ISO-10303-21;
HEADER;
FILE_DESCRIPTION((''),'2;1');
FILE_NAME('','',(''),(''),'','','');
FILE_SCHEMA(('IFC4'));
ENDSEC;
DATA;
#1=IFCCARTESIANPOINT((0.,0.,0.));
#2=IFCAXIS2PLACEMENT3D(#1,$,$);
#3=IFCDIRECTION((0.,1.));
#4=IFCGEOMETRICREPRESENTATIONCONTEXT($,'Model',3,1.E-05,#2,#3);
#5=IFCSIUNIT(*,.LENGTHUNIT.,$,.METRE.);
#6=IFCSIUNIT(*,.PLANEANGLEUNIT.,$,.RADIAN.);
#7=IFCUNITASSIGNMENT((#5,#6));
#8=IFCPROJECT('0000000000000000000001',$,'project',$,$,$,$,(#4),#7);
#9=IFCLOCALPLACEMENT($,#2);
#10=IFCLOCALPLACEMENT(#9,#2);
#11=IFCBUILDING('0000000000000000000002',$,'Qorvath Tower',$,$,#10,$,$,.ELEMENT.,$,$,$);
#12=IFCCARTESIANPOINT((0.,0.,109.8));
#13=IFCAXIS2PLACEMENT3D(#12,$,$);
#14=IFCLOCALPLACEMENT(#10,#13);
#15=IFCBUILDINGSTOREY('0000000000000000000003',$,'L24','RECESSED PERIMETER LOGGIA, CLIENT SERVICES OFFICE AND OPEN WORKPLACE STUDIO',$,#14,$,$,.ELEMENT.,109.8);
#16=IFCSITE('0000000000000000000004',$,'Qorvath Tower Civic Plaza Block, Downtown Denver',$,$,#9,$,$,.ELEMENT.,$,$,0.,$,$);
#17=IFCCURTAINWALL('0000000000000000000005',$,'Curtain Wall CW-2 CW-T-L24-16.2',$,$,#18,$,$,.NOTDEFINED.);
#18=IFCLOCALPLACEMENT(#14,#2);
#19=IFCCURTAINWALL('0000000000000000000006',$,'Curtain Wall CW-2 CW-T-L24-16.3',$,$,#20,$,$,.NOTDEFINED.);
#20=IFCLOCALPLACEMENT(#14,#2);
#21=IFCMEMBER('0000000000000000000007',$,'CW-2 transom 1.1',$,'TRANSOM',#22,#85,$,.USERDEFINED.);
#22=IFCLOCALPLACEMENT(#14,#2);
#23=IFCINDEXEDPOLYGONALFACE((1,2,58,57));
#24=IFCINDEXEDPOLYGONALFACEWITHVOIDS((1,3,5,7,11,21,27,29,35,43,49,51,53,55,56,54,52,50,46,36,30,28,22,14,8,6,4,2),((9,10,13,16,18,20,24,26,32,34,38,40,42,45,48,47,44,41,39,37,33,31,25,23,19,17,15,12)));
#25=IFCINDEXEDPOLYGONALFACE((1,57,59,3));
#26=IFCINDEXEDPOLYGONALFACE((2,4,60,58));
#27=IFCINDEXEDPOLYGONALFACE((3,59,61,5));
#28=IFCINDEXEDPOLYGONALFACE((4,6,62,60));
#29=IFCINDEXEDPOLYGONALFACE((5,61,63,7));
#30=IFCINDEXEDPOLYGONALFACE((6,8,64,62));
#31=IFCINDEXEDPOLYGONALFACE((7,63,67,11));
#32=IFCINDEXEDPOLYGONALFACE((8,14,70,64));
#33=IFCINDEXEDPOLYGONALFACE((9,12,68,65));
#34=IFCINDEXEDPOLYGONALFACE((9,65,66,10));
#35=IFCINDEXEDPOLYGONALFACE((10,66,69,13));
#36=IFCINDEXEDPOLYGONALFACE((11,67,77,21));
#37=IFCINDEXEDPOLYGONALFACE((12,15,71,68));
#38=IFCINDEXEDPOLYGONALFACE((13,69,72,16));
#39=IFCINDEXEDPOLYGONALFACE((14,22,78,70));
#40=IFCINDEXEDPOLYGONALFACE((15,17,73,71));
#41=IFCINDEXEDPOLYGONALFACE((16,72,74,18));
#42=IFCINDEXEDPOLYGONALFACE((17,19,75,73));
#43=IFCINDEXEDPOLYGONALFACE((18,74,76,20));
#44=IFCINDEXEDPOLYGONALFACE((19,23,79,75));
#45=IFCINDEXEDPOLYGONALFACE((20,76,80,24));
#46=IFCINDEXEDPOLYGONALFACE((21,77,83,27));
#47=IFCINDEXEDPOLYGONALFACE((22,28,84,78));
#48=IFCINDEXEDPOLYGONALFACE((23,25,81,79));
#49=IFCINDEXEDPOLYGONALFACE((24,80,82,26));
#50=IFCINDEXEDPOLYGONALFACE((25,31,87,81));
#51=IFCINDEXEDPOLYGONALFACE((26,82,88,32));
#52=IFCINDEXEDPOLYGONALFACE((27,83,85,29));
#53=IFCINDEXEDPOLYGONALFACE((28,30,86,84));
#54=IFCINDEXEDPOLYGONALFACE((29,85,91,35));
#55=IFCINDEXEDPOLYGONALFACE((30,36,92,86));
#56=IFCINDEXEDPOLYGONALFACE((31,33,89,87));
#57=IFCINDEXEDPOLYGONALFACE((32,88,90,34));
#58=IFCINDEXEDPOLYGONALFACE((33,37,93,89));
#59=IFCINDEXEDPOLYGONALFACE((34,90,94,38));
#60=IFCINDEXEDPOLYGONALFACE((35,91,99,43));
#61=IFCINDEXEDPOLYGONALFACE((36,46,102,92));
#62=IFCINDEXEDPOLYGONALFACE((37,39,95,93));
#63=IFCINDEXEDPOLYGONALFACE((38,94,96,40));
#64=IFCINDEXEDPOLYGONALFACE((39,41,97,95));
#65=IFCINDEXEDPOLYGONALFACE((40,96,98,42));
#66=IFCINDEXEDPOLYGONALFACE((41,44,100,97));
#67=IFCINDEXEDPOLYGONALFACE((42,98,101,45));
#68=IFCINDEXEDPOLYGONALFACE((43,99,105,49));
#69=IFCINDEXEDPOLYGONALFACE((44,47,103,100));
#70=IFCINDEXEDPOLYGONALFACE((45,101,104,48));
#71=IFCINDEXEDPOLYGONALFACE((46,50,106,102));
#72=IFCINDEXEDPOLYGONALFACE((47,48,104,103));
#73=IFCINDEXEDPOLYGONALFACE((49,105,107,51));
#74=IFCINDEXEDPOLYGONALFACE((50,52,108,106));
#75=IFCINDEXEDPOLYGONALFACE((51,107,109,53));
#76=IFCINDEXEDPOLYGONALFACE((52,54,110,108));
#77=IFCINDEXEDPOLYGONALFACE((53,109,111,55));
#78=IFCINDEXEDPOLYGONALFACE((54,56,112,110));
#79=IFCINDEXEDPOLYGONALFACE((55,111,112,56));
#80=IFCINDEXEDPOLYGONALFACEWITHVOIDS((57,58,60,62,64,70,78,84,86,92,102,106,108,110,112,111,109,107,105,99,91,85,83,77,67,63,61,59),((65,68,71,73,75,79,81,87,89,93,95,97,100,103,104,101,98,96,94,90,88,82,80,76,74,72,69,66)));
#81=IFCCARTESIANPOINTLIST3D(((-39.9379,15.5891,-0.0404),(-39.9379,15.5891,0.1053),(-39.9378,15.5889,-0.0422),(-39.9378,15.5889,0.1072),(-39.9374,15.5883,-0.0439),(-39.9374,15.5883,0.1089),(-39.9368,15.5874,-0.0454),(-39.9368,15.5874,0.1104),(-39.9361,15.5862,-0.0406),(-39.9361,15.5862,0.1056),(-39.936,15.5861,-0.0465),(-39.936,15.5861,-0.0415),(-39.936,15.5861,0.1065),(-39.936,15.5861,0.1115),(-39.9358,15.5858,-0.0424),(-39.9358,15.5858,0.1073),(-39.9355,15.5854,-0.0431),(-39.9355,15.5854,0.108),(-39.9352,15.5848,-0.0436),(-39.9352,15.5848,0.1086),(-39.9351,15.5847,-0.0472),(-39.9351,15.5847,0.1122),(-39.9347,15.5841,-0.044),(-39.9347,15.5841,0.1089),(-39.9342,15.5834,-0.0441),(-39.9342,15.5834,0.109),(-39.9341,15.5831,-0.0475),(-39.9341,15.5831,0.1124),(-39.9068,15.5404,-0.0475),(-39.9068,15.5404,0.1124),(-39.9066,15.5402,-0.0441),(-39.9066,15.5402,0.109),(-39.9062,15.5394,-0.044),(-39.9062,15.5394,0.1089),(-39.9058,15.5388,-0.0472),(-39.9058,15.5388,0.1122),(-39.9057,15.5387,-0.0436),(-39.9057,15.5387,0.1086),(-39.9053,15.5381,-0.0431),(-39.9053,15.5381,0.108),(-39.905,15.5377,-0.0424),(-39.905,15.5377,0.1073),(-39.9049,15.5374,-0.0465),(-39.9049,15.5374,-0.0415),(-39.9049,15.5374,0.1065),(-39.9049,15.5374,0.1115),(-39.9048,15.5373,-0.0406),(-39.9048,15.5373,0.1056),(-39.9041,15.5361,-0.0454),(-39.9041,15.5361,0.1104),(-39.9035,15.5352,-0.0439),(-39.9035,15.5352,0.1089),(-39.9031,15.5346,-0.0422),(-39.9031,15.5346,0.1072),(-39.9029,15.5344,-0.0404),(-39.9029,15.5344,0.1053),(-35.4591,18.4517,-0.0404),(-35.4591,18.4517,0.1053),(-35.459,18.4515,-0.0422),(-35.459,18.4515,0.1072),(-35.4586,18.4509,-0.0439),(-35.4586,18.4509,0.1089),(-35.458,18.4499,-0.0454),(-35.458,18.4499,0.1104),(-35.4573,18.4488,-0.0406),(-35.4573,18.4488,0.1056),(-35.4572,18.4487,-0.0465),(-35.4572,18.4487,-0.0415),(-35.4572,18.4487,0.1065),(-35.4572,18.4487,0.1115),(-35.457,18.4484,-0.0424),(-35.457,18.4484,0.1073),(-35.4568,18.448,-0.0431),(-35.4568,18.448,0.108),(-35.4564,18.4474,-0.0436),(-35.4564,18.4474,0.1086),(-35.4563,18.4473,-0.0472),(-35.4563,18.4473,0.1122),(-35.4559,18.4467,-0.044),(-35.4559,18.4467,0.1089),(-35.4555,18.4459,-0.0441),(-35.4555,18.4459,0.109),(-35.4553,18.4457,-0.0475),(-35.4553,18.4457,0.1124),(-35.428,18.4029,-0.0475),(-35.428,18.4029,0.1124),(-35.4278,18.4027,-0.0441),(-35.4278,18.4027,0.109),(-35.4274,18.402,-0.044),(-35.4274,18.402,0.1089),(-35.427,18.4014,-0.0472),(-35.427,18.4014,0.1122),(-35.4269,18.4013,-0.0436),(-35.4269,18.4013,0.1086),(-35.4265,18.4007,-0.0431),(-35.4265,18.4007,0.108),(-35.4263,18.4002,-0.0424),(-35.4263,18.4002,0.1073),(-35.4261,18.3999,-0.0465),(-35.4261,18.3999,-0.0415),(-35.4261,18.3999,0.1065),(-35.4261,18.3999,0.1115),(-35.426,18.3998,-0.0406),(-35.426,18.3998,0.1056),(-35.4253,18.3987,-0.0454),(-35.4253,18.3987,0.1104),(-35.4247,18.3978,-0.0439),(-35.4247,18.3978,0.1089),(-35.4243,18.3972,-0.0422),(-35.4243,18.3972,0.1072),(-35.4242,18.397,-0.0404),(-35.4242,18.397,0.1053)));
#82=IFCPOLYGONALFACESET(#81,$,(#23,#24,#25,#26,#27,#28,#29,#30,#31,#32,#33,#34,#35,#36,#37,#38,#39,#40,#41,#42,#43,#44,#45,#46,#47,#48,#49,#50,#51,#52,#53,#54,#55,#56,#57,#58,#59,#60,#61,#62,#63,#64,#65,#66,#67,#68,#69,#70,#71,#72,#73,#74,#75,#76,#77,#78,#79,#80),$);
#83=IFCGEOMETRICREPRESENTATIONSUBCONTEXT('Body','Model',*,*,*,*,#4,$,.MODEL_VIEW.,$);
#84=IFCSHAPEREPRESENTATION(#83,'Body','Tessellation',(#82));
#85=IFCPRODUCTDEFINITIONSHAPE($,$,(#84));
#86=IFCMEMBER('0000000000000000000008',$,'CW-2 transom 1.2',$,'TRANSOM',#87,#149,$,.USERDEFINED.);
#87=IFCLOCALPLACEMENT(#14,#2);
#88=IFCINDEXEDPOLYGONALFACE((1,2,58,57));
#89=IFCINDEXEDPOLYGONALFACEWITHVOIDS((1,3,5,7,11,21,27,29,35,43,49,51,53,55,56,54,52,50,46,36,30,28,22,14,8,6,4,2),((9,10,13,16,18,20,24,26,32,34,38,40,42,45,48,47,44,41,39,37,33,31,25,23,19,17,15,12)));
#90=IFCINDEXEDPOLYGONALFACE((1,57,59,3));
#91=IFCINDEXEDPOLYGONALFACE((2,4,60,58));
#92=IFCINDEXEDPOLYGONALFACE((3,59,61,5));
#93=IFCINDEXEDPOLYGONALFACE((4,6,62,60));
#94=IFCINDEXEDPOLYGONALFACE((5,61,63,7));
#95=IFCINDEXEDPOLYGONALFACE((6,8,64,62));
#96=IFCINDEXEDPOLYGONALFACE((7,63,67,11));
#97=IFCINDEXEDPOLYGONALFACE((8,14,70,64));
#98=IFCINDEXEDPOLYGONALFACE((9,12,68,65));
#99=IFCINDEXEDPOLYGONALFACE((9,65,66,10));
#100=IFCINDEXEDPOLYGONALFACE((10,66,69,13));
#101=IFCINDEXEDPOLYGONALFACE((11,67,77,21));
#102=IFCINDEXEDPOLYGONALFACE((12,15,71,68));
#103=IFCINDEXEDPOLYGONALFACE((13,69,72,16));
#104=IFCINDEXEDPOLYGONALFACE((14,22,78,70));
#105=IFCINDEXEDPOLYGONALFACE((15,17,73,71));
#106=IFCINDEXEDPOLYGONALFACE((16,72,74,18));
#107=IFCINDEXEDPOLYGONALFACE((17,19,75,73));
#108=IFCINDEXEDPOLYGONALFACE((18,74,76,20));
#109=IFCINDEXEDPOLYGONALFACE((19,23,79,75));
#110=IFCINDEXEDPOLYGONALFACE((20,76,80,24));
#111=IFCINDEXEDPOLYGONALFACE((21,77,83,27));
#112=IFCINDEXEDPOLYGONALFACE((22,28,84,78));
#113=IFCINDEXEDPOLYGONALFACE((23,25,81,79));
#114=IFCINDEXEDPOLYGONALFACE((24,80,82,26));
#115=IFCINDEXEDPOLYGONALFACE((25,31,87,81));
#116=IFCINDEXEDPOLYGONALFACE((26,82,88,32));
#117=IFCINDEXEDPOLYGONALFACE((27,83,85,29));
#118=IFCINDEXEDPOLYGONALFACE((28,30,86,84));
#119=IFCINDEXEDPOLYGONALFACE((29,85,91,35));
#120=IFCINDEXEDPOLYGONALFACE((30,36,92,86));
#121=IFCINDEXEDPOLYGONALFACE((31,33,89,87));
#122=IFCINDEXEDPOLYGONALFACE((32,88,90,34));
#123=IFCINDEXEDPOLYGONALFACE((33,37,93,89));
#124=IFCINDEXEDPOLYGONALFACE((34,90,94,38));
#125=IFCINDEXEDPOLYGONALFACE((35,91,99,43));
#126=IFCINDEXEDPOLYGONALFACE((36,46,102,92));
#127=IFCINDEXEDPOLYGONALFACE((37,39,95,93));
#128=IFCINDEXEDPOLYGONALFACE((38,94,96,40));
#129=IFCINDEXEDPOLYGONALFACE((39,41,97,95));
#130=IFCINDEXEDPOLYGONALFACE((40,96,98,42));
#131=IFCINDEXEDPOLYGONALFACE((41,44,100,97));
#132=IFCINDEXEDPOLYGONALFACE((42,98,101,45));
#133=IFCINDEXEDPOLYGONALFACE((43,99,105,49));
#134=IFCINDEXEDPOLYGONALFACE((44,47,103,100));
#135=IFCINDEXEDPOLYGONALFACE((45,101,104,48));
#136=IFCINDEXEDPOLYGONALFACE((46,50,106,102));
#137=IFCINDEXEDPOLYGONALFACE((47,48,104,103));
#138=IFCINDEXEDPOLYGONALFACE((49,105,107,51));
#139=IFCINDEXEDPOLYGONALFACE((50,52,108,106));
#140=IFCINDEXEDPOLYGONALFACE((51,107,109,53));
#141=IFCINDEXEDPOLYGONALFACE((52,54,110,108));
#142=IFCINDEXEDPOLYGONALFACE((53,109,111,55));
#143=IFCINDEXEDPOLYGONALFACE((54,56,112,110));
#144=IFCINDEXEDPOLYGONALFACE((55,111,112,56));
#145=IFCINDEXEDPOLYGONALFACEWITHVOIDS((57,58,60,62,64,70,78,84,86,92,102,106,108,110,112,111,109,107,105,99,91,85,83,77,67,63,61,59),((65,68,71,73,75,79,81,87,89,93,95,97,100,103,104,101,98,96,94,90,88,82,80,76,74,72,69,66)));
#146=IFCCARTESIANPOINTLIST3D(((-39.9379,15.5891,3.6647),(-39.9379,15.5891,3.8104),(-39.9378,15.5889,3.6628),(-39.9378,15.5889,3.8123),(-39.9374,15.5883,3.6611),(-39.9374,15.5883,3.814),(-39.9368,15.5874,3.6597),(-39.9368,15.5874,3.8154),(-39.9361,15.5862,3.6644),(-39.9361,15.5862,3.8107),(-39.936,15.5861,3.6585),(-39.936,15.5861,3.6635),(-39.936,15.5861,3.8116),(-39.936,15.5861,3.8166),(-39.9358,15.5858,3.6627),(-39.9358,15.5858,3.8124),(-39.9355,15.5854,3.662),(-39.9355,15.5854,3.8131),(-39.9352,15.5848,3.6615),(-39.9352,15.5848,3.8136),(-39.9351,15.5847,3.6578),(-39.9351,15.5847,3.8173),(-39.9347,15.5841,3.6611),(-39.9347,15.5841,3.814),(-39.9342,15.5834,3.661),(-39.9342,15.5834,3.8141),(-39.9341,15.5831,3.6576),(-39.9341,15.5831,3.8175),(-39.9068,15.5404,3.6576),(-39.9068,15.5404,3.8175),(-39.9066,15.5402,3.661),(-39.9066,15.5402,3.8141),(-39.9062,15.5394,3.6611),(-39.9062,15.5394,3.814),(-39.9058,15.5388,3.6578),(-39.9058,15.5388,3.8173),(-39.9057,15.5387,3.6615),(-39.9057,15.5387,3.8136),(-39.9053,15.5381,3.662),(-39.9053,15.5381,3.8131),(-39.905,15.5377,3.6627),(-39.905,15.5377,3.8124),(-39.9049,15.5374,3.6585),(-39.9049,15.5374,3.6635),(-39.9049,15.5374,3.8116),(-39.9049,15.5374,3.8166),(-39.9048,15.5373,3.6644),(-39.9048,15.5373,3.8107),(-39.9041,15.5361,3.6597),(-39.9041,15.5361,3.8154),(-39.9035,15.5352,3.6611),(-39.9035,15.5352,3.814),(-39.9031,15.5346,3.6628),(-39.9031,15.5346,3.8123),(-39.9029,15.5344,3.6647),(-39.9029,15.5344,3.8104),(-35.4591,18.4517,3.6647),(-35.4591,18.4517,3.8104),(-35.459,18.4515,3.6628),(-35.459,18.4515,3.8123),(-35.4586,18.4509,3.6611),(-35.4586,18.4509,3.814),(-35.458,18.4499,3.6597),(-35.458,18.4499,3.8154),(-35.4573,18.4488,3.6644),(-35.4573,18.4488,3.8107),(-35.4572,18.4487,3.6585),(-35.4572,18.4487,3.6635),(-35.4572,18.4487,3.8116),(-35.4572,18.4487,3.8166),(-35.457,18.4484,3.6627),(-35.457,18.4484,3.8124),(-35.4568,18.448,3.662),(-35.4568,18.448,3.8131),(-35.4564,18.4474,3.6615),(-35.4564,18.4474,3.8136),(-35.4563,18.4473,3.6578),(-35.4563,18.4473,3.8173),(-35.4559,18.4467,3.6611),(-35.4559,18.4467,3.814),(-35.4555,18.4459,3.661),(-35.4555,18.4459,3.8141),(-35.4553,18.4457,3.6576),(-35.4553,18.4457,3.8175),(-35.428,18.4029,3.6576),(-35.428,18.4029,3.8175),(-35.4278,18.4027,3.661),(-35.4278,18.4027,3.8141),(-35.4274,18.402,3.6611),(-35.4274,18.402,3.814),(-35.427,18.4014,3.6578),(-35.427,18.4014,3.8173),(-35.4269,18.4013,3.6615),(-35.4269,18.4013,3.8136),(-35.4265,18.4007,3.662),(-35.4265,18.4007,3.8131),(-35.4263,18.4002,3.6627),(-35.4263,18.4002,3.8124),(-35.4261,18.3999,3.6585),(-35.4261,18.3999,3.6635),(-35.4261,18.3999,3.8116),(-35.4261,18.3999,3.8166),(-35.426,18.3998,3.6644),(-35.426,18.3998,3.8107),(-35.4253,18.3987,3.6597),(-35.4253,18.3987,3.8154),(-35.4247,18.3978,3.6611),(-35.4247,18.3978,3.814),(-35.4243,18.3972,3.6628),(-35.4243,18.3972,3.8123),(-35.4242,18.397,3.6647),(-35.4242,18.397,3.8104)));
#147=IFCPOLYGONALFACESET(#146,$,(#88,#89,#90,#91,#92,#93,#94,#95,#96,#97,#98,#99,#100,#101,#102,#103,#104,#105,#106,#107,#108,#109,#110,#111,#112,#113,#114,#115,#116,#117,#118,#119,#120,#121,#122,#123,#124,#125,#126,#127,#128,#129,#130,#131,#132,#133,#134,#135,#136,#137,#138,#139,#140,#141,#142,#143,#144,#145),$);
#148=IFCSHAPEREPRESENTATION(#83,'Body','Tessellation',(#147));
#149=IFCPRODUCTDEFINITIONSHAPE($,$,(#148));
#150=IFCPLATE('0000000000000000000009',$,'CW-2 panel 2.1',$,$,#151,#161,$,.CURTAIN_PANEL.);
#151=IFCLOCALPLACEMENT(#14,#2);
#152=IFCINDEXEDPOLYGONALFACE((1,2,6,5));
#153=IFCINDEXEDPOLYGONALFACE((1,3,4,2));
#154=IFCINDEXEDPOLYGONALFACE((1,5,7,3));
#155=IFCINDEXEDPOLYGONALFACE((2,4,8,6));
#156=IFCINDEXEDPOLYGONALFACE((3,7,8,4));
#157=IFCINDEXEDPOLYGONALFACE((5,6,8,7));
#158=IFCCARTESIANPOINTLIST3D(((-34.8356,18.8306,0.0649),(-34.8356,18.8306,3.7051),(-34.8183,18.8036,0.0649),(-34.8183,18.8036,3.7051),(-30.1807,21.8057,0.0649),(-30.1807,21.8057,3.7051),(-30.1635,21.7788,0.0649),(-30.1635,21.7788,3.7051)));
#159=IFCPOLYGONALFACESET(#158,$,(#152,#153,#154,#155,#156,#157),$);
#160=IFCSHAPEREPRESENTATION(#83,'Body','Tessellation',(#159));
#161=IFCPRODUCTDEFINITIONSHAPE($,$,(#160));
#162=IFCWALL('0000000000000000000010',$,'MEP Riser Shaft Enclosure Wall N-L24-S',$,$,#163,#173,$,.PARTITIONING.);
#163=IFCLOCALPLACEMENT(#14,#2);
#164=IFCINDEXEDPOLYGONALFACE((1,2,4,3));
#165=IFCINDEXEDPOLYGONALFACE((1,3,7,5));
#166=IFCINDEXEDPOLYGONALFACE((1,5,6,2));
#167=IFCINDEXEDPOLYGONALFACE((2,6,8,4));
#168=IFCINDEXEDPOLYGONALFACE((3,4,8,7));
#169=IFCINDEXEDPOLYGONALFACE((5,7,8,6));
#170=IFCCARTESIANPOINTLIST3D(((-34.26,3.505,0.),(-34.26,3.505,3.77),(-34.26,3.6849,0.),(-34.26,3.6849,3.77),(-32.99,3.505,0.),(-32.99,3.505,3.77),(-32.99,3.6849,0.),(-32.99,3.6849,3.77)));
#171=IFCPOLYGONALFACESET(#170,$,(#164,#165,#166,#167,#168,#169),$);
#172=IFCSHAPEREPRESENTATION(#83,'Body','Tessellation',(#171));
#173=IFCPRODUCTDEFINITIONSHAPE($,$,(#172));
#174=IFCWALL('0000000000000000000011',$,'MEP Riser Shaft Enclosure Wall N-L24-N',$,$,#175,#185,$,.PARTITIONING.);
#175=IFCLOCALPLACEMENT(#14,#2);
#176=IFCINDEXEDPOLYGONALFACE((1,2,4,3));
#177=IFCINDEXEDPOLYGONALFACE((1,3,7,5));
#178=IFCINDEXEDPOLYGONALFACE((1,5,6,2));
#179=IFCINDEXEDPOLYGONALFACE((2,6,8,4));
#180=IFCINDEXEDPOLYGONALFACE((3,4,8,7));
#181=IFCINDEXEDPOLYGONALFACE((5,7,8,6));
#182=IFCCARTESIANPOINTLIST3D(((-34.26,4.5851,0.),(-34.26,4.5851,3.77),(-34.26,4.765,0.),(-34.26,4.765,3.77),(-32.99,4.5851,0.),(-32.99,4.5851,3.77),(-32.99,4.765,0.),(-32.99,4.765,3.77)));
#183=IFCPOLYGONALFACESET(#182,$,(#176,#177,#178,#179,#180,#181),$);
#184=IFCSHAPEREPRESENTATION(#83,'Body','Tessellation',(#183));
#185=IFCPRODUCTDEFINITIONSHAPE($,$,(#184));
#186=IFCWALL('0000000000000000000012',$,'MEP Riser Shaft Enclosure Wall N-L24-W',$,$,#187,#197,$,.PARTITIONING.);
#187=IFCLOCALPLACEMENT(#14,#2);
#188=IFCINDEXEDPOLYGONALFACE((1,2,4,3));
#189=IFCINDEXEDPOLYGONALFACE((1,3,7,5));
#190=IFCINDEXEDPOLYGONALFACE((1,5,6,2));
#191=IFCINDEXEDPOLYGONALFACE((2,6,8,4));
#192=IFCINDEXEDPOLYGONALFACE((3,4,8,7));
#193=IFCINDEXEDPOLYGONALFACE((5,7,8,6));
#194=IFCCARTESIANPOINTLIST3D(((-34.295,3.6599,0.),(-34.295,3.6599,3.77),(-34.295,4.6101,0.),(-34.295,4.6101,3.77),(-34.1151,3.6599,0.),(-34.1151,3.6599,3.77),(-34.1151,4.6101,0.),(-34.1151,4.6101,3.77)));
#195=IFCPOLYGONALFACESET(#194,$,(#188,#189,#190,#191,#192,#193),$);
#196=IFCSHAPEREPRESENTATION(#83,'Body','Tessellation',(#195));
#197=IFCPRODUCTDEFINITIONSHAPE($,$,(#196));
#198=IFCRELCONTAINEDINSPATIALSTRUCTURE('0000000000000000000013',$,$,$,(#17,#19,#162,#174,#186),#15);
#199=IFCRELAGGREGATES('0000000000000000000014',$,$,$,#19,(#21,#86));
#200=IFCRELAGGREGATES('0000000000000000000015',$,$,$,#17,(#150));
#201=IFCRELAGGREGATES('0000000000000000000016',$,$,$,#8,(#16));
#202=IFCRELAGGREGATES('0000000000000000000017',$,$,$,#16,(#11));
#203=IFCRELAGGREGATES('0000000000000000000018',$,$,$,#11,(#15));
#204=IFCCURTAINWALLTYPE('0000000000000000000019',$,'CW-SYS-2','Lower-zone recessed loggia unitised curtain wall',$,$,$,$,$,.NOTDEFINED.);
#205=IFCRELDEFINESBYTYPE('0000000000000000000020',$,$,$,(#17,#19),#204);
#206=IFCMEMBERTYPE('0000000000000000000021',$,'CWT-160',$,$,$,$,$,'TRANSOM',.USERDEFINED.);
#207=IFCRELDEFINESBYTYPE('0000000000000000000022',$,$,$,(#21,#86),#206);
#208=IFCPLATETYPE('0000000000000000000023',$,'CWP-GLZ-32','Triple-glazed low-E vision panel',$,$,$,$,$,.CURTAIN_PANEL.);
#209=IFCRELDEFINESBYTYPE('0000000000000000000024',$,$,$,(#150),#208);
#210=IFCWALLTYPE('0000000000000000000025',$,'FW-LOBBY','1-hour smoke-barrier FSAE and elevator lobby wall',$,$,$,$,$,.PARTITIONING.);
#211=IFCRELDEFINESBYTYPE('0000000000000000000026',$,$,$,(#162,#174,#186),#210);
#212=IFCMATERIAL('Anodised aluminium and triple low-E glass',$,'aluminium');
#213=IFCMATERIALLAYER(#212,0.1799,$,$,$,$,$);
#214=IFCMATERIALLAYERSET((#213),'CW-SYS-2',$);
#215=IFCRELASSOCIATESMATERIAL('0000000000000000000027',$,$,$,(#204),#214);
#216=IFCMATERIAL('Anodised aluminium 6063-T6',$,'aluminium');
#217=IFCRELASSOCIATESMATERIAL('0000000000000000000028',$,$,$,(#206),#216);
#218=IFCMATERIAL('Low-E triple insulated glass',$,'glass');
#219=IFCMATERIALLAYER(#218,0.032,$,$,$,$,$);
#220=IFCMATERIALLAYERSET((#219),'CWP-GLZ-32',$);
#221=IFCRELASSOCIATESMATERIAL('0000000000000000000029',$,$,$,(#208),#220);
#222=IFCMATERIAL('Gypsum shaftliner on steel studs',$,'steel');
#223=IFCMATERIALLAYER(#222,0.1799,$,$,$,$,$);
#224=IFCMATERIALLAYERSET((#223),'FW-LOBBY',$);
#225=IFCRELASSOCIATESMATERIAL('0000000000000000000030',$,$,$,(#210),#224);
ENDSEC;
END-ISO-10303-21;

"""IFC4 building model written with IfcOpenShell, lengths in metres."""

from ifc_helpers import new_model, si_unit, direction, frame, frame_2d, origin, origin_2d, place, context, subcontext, project, spatial, rectangle, hollow_rectangle, extrude, material, layer, layer_set, material_profile, profile_set, type_object, element, aggregate, save


model = new_model("IFC4")

# Units and contexts
model_context = context("Model", 3, precision=1e-05, world=origin(), true_north=direction((0.0, 1.0)))
body_context = subcontext(model_context, "Body", "Model", "MODEL_VIEW")
ifc_project = project(units=[si_unit("LENGTHUNIT", "METRE"), si_unit("PLANEANGLEUNIT", "RADIAN")], contexts=[model_context])

# Site, building, storey
site_placement = place(None, origin())
site = spatial("IfcSite", under=ifc_project, at=site_placement, Name="Qorvath Tower Civic Plaza Block, Downtown Denver", CompositionType="ELEMENT", RefElevation=0.0)
building_placement = place(site_placement, origin())
building = spatial("IfcBuilding", under=site, at=building_placement, Name="Qorvath Tower", CompositionType="ELEMENT")
storey_placement = place(building_placement, frame((0.0, 0.0, 109.8)))
storey = spatial("IfcBuildingStorey", under=building, at=storey_placement, Name="L24", Description="RECESSED PERIMETER LOGGIA, CLIENT SERVICES OFFICE AND OPEN WORKPLACE STUDIO", CompositionType="ELEMENT", Elevation=109.8)

# Curtain wall
ifc_material_1 = material(Name="Anodised aluminium and triple low-E glass", Category="aluminium")
ifc_layer_1 = layer(ifc_material_1, 0.1799)
ifc_layer_set_1 = layer_set([ifc_layer_1], Name="CW-SYS-2")
curtain_wall_type = type_object("IfcCurtainWallType", Name="CW-SYS-2", Description="Lower-zone recessed loggia unitised curtain wall", PredefinedType="NOTDEFINED", material=ifc_layer_set_1)
curtain_wall_1_placement = place(storey_placement, origin())
curtain_wall_1 = element("IfcCurtainWall", 1, at=curtain_wall_1_placement, inside=storey, type_object=curtain_wall_type, Name="Curtain Wall CW-2 CW-T-L24-16.2", PredefinedType="NOTDEFINED")

# Curtain wall, members
curtain_wall_2_placement = place(storey_placement, origin())
curtain_wall_2 = element("IfcCurtainWall", 2, at=curtain_wall_2_placement, inside=storey, type_object=curtain_wall_type, Name="Curtain Wall CW-2 CW-T-L24-16.3", PredefinedType="NOTDEFINED")
ifc_material_2 = material(Name="Anodised aluminium 6063-T6", Category="aluminium")
ifc_material_profile_1 = material_profile(ifc_material_2, hollow_rectangle(XDim=0.0649, YDim=0.1599, WallThickness=0.0034, InnerFilletRadius=0.0034, OuterFilletRadius=0.0071, at=origin_2d()), Name="CWT 160x65")
ifc_profile_set_1 = profile_set([ifc_material_profile_1], Name="Anodised aluminium 6063-T6")
member_type_1 = type_object("IfcMemberType", Name="CWT-160", ElementType="TRANSOM", PredefinedType="USERDEFINED", material=ifc_profile_set_1)
member_1_placement = place(storey_placement, frame((-35.4417, 18.4243, 0.0325), z_axis=(-0.842601, -0.538539, 0.0), x_axis=(0.538539, -0.842601, 0.0)))
member_1 = element("IfcMember", 3, at=member_1_placement, type_object=member_type_1, Name="CW-2 transom 1.1", ObjectType="TRANSOM", PredefinedType="USERDEFINED", context=body_context, shape_type="SweptSolid", body=[
    extrude(hollow_rectangle(XDim=0.0649, YDim=0.1599, WallThickness=0.0034, InnerFilletRadius=0.0034, OuterFilletRadius=0.0071, at=origin_2d()), origin(), (0.0, 0.0, 1.0), 5.3154),
])
member_2_placement = place(storey_placement, frame((-35.4417, 18.4243, 3.7375), z_axis=(-0.842601, -0.538539, 0.0), x_axis=(0.538539, -0.842601, 0.0)))
member_2 = element("IfcMember", 4, at=member_2_placement, type_object=member_type_1, Name="CW-2 transom 1.2", ObjectType="TRANSOM", PredefinedType="USERDEFINED", context=body_context, shape_type="SweptSolid", body=[
    extrude(hollow_rectangle(XDim=0.0649, YDim=0.1599, WallThickness=0.0034, InnerFilletRadius=0.0034, OuterFilletRadius=0.0071, at=origin_2d()), origin(), (0.0, 0.0, 1.0), 5.3154),
])
aggregate(curtain_wall_2, [member_1, member_2])

# Plate
ifc_material_3 = material(Name="Low-E triple insulated glass", Category="glass")
ifc_layer_2 = layer(ifc_material_3, 0.032)
ifc_layer_set_2 = layer_set([ifc_layer_2], Name="CWP-GLZ-32")
plate_type = type_object("IfcPlateType", Name="CWP-GLZ-32", Description="Triple-glazed low-E vision panel", PredefinedType="CURTAIN_PANEL", material=ifc_layer_set_2)
plate_placement = place(storey_placement, frame((-32.4995, 20.3047, 0.0649), z_axis=(0.0, 0.0, 1.0), x_axis=(-0.842598, -0.538543, 0.0)))
plate = element("IfcPlate", 5, at=plate_placement, type_object=plate_type, Name="CW-2 panel 2.1", PredefinedType="CURTAIN_PANEL", context=body_context, shape_type="SweptSolid", body=[
    extrude(rectangle(XDim=5.5244, YDim=0.032, at=origin_2d()), origin(), (0.0, 0.0, 1.0), 3.6401),
])
aggregate(curtain_wall_1, [plate])

# Walls
ifc_material_4 = material(Name="Gypsum shaftliner on steel studs", Category="steel")
ifc_layer_3 = layer(ifc_material_4, 0.1799)
ifc_layer_set_3 = layer_set([ifc_layer_3], Name="FW-LOBBY")
wall_type_1 = type_object("IfcWallType", Name="FW-LOBBY", Description="1-hour smoke-barrier FSAE and elevator lobby wall", PredefinedType="PARTITIONING", material=ifc_layer_set_3)
for number, where, z_axis, x_axis, name in (
    (6, (-32.99, 3.595, 0.0), (0.0, 0.0, 1.0), (-1.0, 0.0, 0.0), "MEP Riser Shaft Enclosure Wall N-L24-S"),
    (7, (-34.26, 4.675, 0.0), (0.0, 0.0, 1.0), (1.0, 0.0, 0.0), "MEP Riser Shaft Enclosure Wall N-L24-N"),
):
    element("IfcWall", number, at=place(storey_placement, frame(where, z_axis=z_axis, x_axis=x_axis)), inside=storey, type_object=wall_type_1, Name=name, PredefinedType="PARTITIONING", context=body_context, shape_type="SweptSolid", body=[
        extrude(rectangle(XDim=1.27, YDim=0.1799, at=frame_2d((0.635, 0.0))), origin(), (0.0, 0.0, 1.0), 3.77),
    ])
for number, where, z_axis, x_axis, name in (
    (8, (-34.2051, 3.6599, 0.0), (0.0, 0.0, 1.0), (0.0, 1.0, 0.0), "MEP Riser Shaft Enclosure Wall N-L24-W"),
):
    element("IfcWall", number, at=place(storey_placement, frame(where, z_axis=z_axis, x_axis=x_axis)), inside=storey, type_object=wall_type_1, Name=name, PredefinedType="PARTITIONING", context=body_context, shape_type="SweptSolid", body=[
        extrude(rectangle(XDim=0.9502, YDim=0.1799, at=frame_2d((0.4751, 0.0))), origin(), (0.0, 0.0, 1.0), 3.77),
    ])

save(model, "model.ifc")
